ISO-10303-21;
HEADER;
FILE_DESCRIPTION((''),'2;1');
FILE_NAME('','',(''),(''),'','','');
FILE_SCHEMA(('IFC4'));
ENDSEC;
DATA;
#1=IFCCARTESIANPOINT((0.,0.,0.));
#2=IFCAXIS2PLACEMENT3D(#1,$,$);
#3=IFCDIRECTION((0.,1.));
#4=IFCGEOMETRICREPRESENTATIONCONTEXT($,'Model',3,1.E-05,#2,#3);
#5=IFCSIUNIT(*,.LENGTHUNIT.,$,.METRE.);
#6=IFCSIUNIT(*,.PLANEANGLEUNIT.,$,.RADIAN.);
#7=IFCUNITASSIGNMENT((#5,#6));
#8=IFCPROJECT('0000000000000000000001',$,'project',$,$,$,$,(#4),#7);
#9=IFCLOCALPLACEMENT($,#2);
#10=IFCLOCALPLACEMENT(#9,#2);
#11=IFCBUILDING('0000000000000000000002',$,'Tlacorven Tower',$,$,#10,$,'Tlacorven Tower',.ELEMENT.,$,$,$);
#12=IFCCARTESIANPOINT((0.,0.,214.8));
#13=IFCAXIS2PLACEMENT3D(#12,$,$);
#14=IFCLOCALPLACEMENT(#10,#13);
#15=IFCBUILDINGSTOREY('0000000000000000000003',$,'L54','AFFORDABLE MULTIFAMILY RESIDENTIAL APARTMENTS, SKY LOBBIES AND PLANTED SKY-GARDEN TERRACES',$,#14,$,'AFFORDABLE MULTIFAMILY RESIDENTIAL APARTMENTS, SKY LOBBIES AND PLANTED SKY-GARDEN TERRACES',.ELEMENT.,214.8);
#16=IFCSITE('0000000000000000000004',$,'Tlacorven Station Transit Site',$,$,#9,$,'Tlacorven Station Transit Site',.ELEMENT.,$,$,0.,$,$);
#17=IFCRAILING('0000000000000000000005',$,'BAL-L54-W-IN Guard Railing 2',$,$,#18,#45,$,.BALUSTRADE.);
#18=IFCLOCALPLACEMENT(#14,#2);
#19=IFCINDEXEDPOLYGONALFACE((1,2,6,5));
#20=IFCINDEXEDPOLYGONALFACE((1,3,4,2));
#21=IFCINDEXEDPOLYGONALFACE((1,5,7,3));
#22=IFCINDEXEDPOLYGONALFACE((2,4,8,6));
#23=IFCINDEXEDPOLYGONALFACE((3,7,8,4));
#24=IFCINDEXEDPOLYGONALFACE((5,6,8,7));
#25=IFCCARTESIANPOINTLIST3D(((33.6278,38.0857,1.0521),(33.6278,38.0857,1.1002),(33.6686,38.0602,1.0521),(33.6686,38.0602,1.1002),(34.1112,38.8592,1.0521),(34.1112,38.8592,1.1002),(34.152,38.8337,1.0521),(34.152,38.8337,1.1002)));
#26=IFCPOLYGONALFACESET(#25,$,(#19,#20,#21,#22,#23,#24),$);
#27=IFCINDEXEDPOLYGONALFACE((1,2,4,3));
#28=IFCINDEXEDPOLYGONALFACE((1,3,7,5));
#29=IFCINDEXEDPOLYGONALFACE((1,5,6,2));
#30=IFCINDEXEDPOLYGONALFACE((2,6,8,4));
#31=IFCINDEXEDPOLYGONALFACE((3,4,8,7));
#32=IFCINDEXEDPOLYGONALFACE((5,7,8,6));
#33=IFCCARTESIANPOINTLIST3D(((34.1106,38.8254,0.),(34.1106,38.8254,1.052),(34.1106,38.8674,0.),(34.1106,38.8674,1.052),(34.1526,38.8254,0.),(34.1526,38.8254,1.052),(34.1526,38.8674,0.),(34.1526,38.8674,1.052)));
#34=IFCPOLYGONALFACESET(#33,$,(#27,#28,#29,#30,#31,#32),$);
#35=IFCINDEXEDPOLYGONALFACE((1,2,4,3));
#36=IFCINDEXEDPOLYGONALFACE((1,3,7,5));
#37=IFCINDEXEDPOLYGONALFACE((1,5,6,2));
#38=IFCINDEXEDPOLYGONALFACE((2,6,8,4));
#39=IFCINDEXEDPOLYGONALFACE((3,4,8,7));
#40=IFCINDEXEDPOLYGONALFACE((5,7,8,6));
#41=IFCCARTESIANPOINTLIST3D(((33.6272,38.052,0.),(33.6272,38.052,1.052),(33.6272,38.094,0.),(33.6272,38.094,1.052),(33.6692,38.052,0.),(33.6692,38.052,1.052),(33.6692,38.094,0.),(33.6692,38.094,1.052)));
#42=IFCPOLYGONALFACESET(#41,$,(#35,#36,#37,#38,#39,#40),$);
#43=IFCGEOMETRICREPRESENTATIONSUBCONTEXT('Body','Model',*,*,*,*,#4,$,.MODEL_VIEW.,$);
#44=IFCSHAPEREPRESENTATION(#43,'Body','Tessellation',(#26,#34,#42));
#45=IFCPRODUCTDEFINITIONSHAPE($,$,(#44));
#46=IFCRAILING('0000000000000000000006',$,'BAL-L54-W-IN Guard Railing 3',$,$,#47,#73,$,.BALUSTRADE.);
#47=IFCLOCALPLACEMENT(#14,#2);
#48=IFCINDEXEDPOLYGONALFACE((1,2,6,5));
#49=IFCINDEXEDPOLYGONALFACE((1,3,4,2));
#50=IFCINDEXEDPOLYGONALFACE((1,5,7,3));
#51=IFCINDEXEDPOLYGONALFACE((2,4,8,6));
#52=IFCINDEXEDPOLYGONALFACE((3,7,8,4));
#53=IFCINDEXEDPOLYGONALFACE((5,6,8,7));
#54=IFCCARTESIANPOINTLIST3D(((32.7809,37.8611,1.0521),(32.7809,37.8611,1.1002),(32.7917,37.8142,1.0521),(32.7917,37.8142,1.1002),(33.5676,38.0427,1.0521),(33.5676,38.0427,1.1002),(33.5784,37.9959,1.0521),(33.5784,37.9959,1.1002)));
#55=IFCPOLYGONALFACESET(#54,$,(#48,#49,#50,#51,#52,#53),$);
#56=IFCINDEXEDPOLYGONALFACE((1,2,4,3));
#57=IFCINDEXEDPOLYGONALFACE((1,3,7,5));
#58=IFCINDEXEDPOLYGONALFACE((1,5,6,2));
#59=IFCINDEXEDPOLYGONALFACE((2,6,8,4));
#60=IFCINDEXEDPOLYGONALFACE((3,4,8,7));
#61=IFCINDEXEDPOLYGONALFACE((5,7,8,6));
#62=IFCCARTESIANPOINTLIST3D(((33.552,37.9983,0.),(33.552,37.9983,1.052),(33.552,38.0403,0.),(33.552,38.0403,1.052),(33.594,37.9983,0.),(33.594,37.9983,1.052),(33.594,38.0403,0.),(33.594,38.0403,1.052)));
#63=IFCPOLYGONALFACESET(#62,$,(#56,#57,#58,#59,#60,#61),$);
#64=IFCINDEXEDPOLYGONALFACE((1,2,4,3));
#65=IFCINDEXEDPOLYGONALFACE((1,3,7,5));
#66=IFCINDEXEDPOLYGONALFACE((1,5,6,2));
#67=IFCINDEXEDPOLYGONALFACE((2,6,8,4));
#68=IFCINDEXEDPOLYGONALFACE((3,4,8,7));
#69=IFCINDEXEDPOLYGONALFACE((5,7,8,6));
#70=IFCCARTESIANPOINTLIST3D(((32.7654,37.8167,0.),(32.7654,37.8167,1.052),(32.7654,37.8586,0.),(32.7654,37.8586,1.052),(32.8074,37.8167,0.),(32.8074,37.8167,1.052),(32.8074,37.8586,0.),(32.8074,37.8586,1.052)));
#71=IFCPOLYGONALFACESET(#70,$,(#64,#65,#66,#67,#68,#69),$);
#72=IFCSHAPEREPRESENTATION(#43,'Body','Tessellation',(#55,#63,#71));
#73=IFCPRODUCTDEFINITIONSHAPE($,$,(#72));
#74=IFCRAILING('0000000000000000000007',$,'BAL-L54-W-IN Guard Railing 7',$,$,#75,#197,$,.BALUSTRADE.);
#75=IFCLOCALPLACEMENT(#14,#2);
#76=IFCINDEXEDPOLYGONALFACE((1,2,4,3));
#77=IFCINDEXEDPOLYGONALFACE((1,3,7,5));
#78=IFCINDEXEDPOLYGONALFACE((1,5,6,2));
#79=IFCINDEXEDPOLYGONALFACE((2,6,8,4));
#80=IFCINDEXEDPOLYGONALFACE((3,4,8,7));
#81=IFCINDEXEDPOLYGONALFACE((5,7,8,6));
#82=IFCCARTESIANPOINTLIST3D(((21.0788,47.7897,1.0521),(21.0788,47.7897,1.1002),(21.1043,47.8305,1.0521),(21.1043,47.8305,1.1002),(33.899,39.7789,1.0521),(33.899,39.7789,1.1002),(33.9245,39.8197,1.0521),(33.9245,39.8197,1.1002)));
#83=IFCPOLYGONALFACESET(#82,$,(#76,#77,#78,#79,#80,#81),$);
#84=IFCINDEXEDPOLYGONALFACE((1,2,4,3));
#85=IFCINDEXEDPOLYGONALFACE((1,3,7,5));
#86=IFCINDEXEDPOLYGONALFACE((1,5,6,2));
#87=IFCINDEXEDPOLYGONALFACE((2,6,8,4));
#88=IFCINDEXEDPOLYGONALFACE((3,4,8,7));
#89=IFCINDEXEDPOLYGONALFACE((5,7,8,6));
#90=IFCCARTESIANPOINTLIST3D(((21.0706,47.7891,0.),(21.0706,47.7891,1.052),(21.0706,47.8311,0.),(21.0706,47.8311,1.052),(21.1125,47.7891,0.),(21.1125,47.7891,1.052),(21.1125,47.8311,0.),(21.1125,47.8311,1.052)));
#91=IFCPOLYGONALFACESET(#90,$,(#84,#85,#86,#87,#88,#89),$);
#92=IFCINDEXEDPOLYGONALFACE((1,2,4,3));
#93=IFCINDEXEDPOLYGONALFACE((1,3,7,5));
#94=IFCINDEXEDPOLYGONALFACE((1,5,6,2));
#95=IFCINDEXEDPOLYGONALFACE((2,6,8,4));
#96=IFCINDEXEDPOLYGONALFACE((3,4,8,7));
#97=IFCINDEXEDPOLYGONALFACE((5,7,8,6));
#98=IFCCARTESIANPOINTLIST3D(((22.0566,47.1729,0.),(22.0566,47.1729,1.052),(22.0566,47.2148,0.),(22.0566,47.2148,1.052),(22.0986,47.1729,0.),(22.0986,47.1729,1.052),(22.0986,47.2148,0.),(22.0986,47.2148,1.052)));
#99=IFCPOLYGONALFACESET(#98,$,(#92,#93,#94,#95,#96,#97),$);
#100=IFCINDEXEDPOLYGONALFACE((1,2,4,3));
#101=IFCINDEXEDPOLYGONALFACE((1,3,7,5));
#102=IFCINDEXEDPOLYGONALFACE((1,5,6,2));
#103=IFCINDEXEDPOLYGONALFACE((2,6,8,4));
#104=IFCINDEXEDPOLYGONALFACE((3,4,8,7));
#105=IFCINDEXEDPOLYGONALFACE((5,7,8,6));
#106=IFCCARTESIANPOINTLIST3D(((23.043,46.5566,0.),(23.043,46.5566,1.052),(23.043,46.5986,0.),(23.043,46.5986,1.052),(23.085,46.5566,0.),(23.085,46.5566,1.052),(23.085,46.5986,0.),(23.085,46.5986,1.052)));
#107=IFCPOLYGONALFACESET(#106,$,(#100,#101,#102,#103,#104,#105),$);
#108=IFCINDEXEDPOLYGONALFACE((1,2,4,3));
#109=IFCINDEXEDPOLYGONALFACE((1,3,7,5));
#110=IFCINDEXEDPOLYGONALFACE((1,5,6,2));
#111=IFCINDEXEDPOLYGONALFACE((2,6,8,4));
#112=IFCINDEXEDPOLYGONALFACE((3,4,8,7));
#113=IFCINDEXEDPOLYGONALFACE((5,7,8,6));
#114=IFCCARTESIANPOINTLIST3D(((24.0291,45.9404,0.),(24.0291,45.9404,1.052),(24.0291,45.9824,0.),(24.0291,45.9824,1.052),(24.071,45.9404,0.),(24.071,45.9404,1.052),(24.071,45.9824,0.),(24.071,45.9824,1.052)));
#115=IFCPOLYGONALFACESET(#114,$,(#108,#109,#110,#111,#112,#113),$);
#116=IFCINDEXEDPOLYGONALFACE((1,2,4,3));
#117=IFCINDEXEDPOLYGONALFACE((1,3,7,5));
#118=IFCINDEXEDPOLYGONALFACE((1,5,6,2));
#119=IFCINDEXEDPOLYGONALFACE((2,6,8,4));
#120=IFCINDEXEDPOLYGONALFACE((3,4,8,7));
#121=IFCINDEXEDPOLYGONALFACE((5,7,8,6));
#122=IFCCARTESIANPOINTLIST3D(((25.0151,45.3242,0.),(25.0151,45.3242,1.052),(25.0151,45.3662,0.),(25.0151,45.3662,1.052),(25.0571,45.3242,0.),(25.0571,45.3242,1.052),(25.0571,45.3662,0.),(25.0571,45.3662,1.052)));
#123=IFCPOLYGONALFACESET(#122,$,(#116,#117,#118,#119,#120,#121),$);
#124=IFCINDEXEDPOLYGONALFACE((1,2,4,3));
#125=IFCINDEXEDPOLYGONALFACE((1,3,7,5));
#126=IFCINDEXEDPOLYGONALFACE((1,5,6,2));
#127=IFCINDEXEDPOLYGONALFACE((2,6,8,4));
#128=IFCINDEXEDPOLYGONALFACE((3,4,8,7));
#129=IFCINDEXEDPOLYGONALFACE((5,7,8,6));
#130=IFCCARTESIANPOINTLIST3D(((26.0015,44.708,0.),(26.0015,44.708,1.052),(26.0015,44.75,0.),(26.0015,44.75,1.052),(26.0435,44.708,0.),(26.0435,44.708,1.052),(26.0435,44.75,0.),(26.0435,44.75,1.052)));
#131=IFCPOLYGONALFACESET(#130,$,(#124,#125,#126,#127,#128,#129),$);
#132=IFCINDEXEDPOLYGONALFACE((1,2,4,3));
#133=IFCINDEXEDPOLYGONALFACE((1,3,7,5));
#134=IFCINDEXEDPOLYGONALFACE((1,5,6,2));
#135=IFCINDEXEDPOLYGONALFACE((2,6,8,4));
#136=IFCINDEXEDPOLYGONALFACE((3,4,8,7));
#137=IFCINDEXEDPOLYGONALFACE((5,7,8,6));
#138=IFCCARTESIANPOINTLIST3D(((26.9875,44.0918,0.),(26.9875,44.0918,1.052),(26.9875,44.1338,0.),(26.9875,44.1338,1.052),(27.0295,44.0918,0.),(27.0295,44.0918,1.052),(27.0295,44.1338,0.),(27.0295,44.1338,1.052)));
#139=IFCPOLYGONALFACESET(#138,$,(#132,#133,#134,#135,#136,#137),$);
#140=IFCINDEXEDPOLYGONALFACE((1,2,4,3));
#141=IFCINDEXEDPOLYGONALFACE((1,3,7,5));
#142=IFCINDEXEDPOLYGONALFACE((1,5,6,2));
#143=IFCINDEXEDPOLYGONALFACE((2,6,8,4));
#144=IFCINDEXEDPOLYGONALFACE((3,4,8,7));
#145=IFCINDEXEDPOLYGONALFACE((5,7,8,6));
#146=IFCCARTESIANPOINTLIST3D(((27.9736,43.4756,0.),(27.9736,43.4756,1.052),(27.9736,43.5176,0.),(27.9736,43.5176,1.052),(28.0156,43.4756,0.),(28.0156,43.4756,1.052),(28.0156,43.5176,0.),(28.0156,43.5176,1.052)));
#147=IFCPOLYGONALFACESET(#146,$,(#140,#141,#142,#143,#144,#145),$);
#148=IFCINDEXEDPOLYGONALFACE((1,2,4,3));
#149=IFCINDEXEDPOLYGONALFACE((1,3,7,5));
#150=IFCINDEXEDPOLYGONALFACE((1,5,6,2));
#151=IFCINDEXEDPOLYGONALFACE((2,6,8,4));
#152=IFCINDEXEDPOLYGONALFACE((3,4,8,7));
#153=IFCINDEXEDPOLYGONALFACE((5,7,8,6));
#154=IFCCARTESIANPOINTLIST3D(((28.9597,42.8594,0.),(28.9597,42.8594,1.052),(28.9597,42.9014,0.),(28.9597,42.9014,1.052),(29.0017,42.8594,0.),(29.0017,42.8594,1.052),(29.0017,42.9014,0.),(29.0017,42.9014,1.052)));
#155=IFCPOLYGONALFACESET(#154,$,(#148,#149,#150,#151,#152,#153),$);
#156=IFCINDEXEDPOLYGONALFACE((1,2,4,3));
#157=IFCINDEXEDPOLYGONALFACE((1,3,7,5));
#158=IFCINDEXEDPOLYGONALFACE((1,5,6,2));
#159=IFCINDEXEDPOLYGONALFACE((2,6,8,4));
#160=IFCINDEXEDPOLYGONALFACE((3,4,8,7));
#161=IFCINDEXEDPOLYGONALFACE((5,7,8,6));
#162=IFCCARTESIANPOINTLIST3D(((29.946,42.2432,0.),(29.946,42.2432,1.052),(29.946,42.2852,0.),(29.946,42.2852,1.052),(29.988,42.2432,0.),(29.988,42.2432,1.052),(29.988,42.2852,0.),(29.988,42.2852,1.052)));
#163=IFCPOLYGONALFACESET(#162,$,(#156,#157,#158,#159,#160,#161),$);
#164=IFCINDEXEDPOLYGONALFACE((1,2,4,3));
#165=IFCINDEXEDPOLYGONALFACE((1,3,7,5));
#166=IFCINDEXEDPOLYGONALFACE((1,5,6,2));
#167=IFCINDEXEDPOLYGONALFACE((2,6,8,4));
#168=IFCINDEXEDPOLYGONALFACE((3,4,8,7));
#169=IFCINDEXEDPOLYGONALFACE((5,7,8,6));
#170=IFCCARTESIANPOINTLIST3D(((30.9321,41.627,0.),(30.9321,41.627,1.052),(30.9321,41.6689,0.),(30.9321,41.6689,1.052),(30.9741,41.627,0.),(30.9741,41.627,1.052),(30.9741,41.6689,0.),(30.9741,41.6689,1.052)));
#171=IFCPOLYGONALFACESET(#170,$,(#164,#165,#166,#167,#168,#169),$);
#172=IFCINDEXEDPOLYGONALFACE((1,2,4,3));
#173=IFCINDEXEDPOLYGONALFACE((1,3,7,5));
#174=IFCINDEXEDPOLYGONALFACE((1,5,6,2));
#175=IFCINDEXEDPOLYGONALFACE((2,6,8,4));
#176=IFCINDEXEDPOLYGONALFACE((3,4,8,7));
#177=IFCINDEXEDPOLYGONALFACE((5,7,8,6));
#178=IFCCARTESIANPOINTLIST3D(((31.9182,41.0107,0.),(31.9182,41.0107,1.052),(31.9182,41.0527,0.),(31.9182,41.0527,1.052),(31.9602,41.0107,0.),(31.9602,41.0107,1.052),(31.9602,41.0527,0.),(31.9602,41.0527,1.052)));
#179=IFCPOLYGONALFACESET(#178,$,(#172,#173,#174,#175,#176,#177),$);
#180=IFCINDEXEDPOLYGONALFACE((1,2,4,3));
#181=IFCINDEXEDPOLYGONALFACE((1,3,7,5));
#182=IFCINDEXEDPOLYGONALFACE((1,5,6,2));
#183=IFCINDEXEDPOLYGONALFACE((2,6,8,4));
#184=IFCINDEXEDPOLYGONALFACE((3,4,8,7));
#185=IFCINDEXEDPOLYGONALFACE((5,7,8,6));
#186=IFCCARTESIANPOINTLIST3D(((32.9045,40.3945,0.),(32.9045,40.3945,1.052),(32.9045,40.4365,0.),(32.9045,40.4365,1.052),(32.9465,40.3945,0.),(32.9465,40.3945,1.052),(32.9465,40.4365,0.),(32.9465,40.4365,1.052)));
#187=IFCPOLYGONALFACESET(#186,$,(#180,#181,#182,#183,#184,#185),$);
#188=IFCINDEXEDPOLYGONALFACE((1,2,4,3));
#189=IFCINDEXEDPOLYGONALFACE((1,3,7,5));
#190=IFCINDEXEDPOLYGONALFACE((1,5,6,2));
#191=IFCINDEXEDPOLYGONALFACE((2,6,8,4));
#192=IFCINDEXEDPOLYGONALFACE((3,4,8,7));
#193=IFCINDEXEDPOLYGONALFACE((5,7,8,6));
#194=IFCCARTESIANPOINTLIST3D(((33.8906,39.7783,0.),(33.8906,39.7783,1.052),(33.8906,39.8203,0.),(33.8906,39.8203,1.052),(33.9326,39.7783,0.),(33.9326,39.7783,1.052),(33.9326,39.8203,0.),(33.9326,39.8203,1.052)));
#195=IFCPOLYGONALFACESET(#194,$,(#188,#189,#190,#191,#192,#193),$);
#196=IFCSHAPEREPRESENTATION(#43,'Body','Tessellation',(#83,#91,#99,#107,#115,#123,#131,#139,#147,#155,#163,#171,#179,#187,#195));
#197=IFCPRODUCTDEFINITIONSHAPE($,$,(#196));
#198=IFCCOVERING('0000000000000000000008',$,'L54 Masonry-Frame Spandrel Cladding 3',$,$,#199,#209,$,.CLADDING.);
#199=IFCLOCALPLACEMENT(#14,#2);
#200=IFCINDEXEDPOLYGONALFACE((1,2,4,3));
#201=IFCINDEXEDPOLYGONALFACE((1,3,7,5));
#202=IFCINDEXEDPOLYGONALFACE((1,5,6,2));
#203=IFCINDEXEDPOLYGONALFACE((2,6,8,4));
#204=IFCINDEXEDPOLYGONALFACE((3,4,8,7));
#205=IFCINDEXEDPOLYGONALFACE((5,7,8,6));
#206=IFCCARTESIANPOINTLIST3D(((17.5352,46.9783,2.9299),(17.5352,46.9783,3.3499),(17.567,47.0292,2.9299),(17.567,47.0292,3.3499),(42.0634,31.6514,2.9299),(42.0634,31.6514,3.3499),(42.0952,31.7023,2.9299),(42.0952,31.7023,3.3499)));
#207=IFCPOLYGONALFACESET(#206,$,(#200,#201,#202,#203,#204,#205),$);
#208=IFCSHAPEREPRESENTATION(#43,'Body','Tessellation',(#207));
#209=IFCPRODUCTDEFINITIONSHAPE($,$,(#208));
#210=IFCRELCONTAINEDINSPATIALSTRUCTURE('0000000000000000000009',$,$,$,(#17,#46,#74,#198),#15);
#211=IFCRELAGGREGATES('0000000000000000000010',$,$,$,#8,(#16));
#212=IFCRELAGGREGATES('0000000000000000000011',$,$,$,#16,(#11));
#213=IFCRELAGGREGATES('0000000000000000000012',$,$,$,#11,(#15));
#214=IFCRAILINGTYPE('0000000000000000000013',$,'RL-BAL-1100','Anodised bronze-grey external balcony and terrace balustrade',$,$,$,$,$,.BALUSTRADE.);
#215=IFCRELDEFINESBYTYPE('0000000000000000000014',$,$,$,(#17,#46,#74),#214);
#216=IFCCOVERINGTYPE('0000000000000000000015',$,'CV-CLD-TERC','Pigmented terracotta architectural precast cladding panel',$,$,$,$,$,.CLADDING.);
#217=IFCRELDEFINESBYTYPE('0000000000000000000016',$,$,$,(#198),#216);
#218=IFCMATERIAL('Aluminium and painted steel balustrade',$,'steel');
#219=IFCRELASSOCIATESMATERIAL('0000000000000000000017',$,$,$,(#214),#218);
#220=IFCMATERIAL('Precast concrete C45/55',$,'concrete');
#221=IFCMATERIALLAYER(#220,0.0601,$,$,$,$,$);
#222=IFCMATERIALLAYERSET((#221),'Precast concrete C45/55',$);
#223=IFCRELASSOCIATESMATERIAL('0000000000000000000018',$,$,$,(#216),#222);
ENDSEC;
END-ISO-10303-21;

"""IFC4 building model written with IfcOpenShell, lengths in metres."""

from ifc_helpers import new_model, si_unit, direction, frame, origin, origin_2d, place, context, subcontext, project, spatial, rectangle, extrude, source, transform, mapped, material, layer, layer_set, type_object, element, save


model = new_model("IFC4")

# Units and contexts
model_context = context("Model", 3, precision=1e-05, world=origin(), true_north=direction((0.0, 1.0)))
body_context = subcontext(model_context, "Body", "Model", "MODEL_VIEW")
ifc_project = project(units=[si_unit("LENGTHUNIT", "METRE"), si_unit("PLANEANGLEUNIT", "RADIAN")], contexts=[model_context])

# Site, building, storey
site_placement = place(None, origin())
site = spatial("IfcSite", under=ifc_project, at=site_placement, Name="Tlacorven Station Transit Site", LongName="Tlacorven Station Transit Site", CompositionType="ELEMENT", RefElevation=0.0)
building_placement = place(site_placement, origin())
building = spatial("IfcBuilding", under=site, at=building_placement, Name="Tlacorven Tower", LongName="Tlacorven Tower", CompositionType="ELEMENT")
storey_placement = place(building_placement, frame((0.0, 0.0, 214.8)))
storey = spatial("IfcBuildingStorey", under=building, at=storey_placement, Name="L54", Description="AFFORDABLE MULTIFAMILY RESIDENTIAL APARTMENTS, SKY LOBBIES AND PLANTED SKY-GARDEN TERRACES", LongName="AFFORDABLE MULTIFAMILY RESIDENTIAL APARTMENTS, SKY LOBBIES AND PLANTED SKY-GARDEN TERRACES", CompositionType="ELEMENT", Elevation=214.8)

# Railings
ifc_material_1 = material(Name="Aluminium and painted steel balustrade", Category="steel")
railing_type = type_object("IfcRailingType", Name="RL-BAL-1100", Description="Anodised bronze-grey external balcony and terrace balustrade", PredefinedType="BALUSTRADE", material=ifc_material_1)
shared_shape_1 = source(origin(), body_context, "Body", "SweptSolid", [
    extrude(rectangle(XDim=0.0481, YDim=0.0481, at=origin_2d()), frame((0.0, 0.0, 1.0762), z_axis=(-0.529999, -0.847998, 0.0), x_axis=(0.847998, -0.529999, 0.0)), (0.0, 0.0, 1.0), 0.9121),
    extrude(rectangle(XDim=0.042, YDim=0.042, at=origin_2d()), origin(), (0.0, 0.0, 1.0), 1.052),
    extrude(rectangle(XDim=0.042, YDim=0.042, at=origin_2d()), frame((-0.4834, -0.7734, 0.0)), (0.0, 0.0, 1.0), 1.052),
])
railing_1_placement = place(storey_placement, frame((34.1316, 38.8464, 0.0)))
element("IfcRailing", 1, at=railing_1_placement, inside=storey, type_object=railing_type, Name="BAL-L54-W-IN Guard Railing 2", PredefinedType="BALUSTRADE", context=body_context, shape_type="MappedRepresentation", body=[
    mapped(shared_shape_1, transform((0.0, 0.0, 0.0), scale=1.0)),
])
shared_shape_2 = source(origin(), body_context, "Body", "SweptSolid", [
    extrude(rectangle(XDim=0.0481, YDim=0.0481, at=origin_2d()), frame((0.0, 0.0, 1.0762), z_axis=(-0.974361, -0.224992, 0.0), x_axis=(0.224992, -0.974361, 0.0)), (0.0, 0.0, 1.0), 0.8074),
    extrude(rectangle(XDim=0.042, YDim=0.042, at=origin_2d()), origin(), (0.0, 0.0, 1.0), 1.052),
    extrude(rectangle(XDim=0.042, YDim=0.042, at=origin_2d()), frame((-0.7866, -0.1816, 0.0)), (0.0, 0.0, 1.0), 1.052),
])
railing_2_placement = place(storey_placement, frame((33.573, 38.0193, 0.0)))
element("IfcRailing", 2, at=railing_2_placement, inside=storey, type_object=railing_type, Name="BAL-L54-W-IN Guard Railing 3", PredefinedType="BALUSTRADE", context=body_context, shape_type="MappedRepresentation", body=[
    mapped(shared_shape_2, transform((0.0, 0.0, 0.0), scale=1.0)),
])
shared_shape_3 = source(origin(), body_context, "Body", "SweptSolid", [
    extrude(rectangle(XDim=0.0481, YDim=0.0481, at=origin_2d()), frame((0.0, 0.0, 1.0762), z_axis=(0.848052, -0.529913, 0.0), x_axis=(0.529913, 0.848052, 0.0)), (0.0, 0.0, 1.0), 15.1172),
    extrude(rectangle(XDim=0.042, YDim=0.042, at=origin_2d()), origin(), (0.0, 0.0, 1.0), 1.052),
    extrude(rectangle(XDim=0.042, YDim=0.042, at=origin_2d()), frame((0.9861, -0.6162, 0.0)), (0.0, 0.0, 1.0), 1.052),
    extrude(rectangle(XDim=0.042, YDim=0.042, at=origin_2d()), frame((1.9724, -1.2324, 0.0)), (0.0, 0.0, 1.0), 1.052),
    extrude(rectangle(XDim=0.042, YDim=0.042, at=origin_2d()), frame((2.9585, -1.8486, 0.0)), (0.0, 0.0, 1.0), 1.052),
    extrude(rectangle(XDim=0.042, YDim=0.042, at=origin_2d()), frame((3.9446, -2.4648, 0.0)), (0.0, 0.0, 1.0), 1.052),
    extrude(rectangle(XDim=0.042, YDim=0.042, at=origin_2d()), frame((4.9309, -3.0811, 0.0)), (0.0, 0.0, 1.0), 1.052),
    extrude(rectangle(XDim=0.042, YDim=0.042, at=origin_2d()), frame((5.917, -3.6973, 0.0)), (0.0, 0.0, 1.0), 1.052),
    extrude(rectangle(XDim=0.042, YDim=0.042, at=origin_2d()), frame((6.9031, -4.3135, 0.0)), (0.0, 0.0, 1.0), 1.052),
    extrude(rectangle(XDim=0.042, YDim=0.042, at=origin_2d()), frame((7.8892, -4.9297, 0.0)), (0.0, 0.0, 1.0), 1.052),
    extrude(rectangle(XDim=0.042, YDim=0.042, at=origin_2d()), frame((8.8755, -5.5459, 0.0)), (0.0, 0.0, 1.0), 1.052),
    extrude(rectangle(XDim=0.042, YDim=0.042, at=origin_2d()), frame((9.8616, -6.1621, 0.0)), (0.0, 0.0, 1.0), 1.052),
    extrude(rectangle(XDim=0.042, YDim=0.042, at=origin_2d()), frame((10.8477, -6.7783, 0.0)), (0.0, 0.0, 1.0), 1.052),
    extrude(rectangle(XDim=0.042, YDim=0.042, at=origin_2d()), frame((11.834, -7.3945, 0.0)), (0.0, 0.0, 1.0), 1.052),
    extrude(rectangle(XDim=0.042, YDim=0.042, at=origin_2d()), frame((12.8201, -8.0107, 0.0)), (0.0, 0.0, 1.0), 1.052),
])
railing_3_placement = place(storey_placement, frame((21.0916, 47.8101, 0.0)))
element("IfcRailing", 3, at=railing_3_placement, inside=storey, type_object=railing_type, Name="BAL-L54-W-IN Guard Railing 7", PredefinedType="BALUSTRADE", context=body_context, shape_type="MappedRepresentation", body=[
    mapped(shared_shape_3, transform((0.0, 0.0, 0.0), scale=1.0)),
])

# Covering
ifc_material_2 = material(Name="Precast concrete C45/55", Category="concrete")
ifc_layer_1 = layer(ifc_material_2, 0.0601)
ifc_layer_set_1 = layer_set([ifc_layer_1], Name="Precast concrete C45/55")
covering_type = type_object("IfcCoveringType", Name="CV-CLD-TERC", Description="Pigmented terracotta architectural precast cladding panel", PredefinedType="CLADDING", material=ifc_layer_set_1)
shared_shape_4 = source(origin(), body_context, "Body", "SweptSolid", [
    extrude(rectangle(XDim=28.9231, YDim=0.0601, at=origin_2d()), origin(), (0.0, 0.0, 1.0), 0.4199),
])
covering_placement = place(storey_placement, frame((29.8152, 39.3403, 2.9299), z_axis=(0.0, 0.0, 1.0), x_axis=(0.848048, -0.529919, 0.0)))
element("IfcCovering", 4, at=covering_placement, inside=storey, type_object=covering_type, Name="L54 Masonry-Frame Spandrel Cladding 3", PredefinedType="CLADDING", context=body_context, shape_type="MappedRepresentation", body=[
    mapped(shared_shape_4, transform((0.0, 0.0, 0.0), scale=1.0)),
])

save(model, "model.ifc")
